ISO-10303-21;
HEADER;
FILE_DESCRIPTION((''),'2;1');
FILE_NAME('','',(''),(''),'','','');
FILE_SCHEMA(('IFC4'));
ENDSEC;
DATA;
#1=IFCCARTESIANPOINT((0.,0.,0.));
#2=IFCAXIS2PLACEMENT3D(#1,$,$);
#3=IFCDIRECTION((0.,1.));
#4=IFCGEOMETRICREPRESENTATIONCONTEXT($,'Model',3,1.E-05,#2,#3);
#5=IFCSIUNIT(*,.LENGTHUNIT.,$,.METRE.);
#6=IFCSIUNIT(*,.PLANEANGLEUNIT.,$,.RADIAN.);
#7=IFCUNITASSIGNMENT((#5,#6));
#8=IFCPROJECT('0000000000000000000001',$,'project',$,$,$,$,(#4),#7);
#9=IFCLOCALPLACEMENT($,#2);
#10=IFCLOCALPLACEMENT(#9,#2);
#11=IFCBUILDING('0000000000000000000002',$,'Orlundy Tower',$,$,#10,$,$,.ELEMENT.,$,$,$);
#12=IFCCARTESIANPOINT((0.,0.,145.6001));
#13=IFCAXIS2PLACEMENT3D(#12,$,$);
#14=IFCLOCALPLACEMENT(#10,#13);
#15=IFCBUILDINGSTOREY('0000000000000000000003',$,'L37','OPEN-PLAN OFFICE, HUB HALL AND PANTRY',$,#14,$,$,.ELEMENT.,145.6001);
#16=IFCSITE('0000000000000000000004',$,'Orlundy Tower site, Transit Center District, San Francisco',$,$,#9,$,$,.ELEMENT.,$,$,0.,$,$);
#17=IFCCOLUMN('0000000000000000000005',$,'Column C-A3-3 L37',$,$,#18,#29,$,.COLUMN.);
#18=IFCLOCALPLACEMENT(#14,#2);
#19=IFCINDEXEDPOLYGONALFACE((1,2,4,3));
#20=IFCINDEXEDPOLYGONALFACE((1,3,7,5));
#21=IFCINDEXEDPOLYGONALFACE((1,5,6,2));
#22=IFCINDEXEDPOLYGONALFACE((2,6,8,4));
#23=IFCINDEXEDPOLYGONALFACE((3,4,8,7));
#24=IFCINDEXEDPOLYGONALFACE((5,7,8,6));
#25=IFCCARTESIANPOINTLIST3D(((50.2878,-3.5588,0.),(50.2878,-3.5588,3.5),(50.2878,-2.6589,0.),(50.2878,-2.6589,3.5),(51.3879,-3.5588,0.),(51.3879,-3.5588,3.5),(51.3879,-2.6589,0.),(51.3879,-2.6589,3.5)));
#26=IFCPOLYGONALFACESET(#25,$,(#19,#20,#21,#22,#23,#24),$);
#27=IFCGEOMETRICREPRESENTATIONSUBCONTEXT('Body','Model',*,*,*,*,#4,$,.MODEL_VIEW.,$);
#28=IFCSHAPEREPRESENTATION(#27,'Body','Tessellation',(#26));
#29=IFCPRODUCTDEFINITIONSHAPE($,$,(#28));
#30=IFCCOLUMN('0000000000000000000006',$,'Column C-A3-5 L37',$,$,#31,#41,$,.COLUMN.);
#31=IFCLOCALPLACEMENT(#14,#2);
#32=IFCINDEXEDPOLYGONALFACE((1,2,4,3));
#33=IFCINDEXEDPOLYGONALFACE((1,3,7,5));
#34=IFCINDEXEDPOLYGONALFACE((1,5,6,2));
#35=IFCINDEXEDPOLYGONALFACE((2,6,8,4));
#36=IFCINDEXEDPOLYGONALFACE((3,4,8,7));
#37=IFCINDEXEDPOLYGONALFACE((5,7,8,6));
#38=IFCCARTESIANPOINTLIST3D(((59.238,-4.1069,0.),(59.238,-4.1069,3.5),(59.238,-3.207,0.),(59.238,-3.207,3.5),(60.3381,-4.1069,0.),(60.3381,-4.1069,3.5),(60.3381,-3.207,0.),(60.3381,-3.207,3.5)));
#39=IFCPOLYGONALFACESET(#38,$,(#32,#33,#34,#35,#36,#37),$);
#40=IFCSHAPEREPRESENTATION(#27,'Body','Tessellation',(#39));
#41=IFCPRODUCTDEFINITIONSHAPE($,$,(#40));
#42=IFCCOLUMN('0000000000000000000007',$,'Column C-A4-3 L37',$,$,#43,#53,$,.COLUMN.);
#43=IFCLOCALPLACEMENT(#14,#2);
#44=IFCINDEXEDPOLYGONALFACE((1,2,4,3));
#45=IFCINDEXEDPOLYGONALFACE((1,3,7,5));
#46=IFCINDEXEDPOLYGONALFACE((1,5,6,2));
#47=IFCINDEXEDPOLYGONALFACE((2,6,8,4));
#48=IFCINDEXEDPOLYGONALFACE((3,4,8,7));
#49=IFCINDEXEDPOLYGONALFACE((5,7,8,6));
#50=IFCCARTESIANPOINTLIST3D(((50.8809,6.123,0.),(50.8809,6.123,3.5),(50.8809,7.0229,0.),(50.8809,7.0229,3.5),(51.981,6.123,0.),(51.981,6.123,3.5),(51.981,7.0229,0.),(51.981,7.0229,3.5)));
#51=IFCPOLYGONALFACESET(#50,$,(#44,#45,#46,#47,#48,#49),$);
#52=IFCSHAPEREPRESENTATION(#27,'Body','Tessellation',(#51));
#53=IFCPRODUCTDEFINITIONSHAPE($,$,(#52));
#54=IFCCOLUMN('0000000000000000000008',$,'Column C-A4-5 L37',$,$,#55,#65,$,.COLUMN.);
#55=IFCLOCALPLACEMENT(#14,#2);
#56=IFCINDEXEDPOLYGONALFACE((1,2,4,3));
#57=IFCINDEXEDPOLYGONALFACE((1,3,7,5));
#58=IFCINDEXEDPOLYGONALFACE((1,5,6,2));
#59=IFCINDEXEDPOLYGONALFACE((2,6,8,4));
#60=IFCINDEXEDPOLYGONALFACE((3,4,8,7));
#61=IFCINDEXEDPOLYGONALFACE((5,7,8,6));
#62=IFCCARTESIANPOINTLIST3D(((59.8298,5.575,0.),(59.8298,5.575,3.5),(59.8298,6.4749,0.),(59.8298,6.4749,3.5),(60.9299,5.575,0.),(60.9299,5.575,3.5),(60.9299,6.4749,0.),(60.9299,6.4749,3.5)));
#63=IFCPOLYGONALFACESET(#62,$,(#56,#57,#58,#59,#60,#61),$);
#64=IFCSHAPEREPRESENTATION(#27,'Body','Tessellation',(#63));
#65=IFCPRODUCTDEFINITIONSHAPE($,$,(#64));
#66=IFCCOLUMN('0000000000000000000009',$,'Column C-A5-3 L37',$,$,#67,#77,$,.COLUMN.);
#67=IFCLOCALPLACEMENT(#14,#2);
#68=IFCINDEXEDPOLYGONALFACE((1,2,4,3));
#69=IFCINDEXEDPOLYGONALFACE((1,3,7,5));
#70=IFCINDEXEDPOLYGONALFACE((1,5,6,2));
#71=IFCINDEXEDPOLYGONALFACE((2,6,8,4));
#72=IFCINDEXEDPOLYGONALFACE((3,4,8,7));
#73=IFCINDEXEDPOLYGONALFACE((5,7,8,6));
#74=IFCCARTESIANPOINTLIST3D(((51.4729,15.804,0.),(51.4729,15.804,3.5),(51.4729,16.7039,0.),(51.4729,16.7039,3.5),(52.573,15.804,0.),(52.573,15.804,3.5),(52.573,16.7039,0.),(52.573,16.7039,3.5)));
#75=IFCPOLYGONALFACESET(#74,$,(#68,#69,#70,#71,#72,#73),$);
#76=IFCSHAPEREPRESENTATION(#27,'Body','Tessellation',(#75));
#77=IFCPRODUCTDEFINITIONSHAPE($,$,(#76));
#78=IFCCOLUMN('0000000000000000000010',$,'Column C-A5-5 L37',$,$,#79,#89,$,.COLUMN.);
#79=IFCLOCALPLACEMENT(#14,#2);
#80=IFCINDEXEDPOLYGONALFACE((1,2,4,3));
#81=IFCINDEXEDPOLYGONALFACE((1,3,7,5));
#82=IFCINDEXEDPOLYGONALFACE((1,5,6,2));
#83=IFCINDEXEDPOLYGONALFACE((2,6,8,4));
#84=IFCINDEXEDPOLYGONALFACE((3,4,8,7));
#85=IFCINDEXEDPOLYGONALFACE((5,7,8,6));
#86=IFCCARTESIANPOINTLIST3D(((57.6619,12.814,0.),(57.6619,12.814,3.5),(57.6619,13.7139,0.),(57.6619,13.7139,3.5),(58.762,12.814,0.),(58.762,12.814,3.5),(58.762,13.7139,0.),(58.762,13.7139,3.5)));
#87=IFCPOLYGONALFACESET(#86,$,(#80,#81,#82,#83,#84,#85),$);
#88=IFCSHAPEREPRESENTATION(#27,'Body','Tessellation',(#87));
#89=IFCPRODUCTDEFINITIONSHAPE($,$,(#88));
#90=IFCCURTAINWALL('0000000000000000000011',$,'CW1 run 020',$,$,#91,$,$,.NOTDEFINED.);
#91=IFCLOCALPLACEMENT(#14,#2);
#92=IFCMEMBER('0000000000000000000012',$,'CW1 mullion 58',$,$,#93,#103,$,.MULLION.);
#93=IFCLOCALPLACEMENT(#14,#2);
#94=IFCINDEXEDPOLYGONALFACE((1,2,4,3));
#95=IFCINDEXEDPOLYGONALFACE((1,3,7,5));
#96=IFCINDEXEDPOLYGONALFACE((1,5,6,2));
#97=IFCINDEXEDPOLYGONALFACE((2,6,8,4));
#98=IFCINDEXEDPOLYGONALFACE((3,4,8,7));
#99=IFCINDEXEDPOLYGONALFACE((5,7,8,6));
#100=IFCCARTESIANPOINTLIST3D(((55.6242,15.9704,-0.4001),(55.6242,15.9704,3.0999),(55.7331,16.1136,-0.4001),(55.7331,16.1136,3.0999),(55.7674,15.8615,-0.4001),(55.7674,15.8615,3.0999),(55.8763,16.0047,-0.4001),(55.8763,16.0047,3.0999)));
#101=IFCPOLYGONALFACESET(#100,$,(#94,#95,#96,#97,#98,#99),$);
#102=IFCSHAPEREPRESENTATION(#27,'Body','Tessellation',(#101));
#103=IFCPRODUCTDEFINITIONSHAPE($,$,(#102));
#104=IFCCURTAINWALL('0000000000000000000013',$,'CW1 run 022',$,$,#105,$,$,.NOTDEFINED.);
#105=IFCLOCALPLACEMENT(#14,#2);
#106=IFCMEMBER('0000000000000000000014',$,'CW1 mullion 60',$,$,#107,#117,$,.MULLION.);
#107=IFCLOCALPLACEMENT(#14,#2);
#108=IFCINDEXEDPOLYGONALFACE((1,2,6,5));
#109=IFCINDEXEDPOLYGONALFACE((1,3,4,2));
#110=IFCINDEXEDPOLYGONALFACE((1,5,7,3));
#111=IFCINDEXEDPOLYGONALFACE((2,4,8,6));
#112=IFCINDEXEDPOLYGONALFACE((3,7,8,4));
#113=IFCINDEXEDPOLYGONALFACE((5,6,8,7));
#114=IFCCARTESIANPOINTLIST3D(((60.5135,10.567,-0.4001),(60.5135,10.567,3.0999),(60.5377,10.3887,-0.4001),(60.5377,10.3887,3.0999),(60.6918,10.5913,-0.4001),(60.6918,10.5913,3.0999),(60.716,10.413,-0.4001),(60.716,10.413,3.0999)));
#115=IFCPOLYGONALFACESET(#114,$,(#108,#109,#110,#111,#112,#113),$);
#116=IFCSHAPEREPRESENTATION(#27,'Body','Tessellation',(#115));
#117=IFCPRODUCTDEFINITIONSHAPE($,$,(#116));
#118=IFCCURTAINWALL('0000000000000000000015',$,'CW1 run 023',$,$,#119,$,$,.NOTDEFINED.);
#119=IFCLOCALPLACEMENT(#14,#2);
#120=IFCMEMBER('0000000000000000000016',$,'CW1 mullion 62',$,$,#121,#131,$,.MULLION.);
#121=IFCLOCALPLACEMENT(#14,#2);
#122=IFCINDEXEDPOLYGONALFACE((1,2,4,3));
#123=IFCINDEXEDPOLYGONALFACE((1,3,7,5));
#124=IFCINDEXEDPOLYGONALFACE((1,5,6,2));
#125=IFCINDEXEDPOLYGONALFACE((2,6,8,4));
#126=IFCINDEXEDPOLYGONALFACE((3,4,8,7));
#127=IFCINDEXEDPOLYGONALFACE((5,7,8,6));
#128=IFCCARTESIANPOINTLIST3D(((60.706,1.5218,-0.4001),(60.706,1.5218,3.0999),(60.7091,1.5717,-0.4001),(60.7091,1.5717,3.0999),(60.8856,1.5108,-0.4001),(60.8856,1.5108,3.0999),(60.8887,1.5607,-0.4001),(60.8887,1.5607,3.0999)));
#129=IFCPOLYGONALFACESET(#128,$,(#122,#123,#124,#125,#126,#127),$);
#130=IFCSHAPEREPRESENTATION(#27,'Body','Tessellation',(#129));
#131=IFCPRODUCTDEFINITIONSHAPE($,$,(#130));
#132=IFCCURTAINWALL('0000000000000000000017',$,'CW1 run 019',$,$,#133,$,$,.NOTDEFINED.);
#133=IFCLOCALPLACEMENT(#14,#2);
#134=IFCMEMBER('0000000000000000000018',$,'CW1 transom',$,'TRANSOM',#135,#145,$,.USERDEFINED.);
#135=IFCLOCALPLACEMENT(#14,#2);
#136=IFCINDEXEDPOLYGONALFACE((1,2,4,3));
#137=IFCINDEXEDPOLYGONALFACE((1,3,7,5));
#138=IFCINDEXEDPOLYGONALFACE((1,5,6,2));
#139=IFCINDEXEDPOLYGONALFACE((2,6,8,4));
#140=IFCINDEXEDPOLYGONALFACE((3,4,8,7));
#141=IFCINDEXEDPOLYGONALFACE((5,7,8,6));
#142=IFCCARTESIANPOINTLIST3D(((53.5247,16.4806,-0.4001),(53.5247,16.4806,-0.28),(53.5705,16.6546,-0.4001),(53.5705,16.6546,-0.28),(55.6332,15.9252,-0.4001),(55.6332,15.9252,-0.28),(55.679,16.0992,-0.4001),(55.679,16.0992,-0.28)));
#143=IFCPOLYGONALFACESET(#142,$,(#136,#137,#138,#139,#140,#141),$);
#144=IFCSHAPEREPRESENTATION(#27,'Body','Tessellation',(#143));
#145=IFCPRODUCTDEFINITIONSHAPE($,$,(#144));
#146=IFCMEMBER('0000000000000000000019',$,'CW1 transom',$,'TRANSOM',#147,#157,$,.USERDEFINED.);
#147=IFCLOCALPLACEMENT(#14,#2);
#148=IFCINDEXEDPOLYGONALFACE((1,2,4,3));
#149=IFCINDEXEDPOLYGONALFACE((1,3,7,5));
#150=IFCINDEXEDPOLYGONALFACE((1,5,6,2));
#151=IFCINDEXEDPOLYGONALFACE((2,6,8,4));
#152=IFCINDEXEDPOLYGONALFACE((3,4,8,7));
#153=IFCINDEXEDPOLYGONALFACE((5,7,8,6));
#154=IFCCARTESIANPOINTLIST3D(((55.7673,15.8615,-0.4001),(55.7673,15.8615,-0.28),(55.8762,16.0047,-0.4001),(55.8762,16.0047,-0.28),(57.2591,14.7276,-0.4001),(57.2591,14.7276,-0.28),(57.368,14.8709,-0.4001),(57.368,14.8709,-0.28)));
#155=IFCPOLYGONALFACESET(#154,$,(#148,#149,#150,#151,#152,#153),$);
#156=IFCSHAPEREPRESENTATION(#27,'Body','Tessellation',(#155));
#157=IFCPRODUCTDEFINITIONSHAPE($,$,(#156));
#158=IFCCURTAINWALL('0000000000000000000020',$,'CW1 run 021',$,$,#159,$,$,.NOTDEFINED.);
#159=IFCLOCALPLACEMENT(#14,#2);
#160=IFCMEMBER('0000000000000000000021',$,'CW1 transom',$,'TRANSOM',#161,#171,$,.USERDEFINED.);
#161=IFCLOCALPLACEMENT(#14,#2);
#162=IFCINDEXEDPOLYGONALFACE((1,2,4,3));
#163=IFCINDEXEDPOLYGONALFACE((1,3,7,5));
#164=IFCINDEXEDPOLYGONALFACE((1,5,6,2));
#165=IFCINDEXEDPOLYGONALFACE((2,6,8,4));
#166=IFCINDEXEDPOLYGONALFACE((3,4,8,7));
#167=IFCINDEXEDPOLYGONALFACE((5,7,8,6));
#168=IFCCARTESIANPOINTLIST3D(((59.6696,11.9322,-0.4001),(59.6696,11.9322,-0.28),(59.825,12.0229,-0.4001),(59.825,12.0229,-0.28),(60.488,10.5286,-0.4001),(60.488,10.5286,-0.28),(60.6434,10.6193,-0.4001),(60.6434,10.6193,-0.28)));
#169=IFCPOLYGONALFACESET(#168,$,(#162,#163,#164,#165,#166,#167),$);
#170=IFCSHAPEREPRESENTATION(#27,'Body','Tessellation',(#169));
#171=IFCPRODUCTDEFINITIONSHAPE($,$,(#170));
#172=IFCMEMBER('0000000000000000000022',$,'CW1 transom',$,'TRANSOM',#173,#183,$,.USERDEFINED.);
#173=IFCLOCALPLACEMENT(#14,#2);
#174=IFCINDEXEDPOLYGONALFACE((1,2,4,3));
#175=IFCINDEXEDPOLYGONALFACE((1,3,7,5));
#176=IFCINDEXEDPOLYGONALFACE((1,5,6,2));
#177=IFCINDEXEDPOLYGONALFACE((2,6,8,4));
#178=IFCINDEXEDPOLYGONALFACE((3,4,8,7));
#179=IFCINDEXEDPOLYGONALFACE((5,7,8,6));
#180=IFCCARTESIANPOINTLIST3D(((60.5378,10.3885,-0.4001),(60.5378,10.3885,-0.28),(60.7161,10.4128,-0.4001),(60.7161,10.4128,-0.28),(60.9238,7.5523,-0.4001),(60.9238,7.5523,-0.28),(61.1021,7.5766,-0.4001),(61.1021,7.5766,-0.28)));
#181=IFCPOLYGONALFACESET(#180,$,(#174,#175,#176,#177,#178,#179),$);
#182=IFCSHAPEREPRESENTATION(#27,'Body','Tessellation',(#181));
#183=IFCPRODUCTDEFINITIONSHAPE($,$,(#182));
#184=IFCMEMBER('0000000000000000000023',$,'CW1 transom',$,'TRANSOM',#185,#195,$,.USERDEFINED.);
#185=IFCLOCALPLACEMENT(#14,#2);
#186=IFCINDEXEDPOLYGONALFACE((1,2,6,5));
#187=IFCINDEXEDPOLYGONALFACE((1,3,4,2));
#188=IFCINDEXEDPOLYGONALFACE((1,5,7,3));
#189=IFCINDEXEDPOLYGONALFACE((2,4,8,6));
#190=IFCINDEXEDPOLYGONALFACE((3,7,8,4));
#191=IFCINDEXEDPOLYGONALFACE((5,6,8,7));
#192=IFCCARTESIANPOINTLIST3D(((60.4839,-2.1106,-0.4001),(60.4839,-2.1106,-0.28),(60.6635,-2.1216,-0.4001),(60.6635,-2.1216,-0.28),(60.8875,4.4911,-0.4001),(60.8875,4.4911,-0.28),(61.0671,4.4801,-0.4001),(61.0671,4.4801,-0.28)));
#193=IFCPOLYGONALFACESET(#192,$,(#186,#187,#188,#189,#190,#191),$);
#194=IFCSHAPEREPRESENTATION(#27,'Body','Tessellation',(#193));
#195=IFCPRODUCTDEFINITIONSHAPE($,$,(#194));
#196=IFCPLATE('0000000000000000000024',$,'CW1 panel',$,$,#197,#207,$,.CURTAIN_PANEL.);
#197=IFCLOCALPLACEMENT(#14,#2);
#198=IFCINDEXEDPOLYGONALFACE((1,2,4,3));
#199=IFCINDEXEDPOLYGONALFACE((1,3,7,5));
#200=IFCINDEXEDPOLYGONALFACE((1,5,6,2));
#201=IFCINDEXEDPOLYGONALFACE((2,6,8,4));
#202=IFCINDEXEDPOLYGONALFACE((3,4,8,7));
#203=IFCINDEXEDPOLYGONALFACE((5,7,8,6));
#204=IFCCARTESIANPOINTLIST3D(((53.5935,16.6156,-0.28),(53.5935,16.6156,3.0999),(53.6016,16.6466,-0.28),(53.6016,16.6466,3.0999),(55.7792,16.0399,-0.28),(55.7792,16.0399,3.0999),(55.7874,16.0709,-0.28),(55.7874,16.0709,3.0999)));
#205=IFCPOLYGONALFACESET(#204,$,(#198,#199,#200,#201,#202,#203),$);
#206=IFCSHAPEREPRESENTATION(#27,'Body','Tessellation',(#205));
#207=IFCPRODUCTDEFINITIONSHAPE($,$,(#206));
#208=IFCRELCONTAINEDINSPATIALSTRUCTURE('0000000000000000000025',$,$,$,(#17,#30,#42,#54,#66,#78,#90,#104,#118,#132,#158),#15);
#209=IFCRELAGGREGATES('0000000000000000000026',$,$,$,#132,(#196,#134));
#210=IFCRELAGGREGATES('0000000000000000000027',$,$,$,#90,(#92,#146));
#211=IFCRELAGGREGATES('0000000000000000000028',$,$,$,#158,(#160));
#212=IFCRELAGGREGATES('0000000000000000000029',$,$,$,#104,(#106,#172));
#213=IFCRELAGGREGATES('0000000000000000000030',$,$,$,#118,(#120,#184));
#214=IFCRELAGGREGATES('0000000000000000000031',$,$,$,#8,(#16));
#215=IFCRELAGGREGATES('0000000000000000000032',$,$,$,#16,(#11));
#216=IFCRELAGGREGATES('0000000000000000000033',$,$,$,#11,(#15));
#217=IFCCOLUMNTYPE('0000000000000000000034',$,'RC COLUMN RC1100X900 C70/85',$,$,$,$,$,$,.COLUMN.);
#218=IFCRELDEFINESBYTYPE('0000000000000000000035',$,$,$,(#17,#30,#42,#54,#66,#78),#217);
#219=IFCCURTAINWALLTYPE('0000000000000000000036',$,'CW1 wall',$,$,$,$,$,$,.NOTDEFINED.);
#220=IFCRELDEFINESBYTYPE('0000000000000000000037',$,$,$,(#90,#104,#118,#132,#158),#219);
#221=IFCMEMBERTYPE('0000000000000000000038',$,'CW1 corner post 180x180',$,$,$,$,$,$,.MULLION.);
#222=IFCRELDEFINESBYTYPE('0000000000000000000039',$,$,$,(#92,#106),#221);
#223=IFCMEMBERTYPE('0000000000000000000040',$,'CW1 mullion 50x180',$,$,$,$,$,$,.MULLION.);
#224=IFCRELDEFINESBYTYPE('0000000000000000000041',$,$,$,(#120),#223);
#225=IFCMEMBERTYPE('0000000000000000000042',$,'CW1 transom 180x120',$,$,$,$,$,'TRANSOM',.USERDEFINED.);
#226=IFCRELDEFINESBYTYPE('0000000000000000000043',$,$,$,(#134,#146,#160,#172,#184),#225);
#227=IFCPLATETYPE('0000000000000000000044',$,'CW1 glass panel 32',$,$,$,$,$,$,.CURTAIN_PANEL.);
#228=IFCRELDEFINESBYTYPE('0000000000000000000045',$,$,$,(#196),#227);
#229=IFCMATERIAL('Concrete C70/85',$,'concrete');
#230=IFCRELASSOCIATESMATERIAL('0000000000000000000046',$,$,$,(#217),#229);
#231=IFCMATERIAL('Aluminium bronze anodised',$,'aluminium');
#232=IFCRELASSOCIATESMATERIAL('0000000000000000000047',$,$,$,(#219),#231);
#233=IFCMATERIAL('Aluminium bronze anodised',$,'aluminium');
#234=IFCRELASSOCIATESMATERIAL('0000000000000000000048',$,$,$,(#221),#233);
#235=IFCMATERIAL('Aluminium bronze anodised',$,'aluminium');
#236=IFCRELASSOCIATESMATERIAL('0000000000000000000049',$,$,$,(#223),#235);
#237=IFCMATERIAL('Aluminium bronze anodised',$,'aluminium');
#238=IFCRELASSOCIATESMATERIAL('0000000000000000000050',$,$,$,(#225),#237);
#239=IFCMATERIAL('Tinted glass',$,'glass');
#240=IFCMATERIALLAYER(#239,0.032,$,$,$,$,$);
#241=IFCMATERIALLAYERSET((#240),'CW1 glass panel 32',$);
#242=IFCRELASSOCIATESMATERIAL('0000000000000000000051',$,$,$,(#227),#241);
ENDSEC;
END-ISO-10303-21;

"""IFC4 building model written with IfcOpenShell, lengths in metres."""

from ifc_helpers import new_model, si_unit, direction, frame, origin, origin_2d, place, context, subcontext, project, spatial, rectangle, extrude, material, layer, layer_set, material_profile, profile_set, type_object, element, aggregate, save


model = new_model("IFC4")

# Units and contexts
model_context = context("Model", 3, precision=1e-05, world=origin(), true_north=direction((0.0, 1.0)))
body_context = subcontext(model_context, "Body", "Model", "MODEL_VIEW")
ifc_project = project(units=[si_unit("LENGTHUNIT", "METRE"), si_unit("PLANEANGLEUNIT", "RADIAN")], contexts=[model_context])

# Site, building, storey
site_placement = place(None, origin())
site = spatial("IfcSite", under=ifc_project, at=site_placement, Name="Orlundy Tower site, Transit Center District, San Francisco", CompositionType="ELEMENT", RefElevation=0.0)
building_placement = place(site_placement, origin())
building = spatial("IfcBuilding", under=site, at=building_placement, Name="Orlundy Tower", CompositionType="ELEMENT")
storey_placement = place(building_placement, frame((0.0, 0.0, 145.6001)))
storey = spatial("IfcBuildingStorey", under=building, at=storey_placement, Name="L37", Description="OPEN-PLAN OFFICE, HUB HALL AND PANTRY", CompositionType="ELEMENT", Elevation=145.6001)

# Columns
ifc_material_1 = material(Name="Concrete C70/85", Category="concrete")
ifc_material_profile_1 = material_profile(ifc_material_1, rectangle(XDim=1.1001, YDim=0.8999, at=origin_2d()), Name="RC1100X900")
ifc_profile_set_1 = profile_set([ifc_material_profile_1], Name="Concrete C70/85")
column_type = type_object("IfcColumnType", Name="RC COLUMN RC1100X900 C70/85", PredefinedType="COLUMN", material=ifc_profile_set_1)
for number, where, z_axis, x_axis, name in (
    (1, (50.8379, -3.1089, 0.0), (0.0, 0.0, 1.0), (1.0, 0.0, 0.0), "Column C-A3-3 L37"),
    (2, (59.7881, -3.657, 0.0), (0.0, 0.0, 1.0), (1.0, 0.0, 0.0), "Column C-A3-5 L37"),
    (3, (51.4309, 6.573, 0.0), (0.0, 0.0, 1.0), (1.0, 0.0, 0.0), "Column C-A4-3 L37"),
    (4, (60.3799, 6.0249, 0.0), (0.0, 0.0, 1.0), (1.0, 0.0, 0.0), "Column C-A4-5 L37"),
    (5, (52.0229, 16.2539, 0.0), (0.0, 0.0, 1.0), (1.0, 0.0, 0.0), "Column C-A5-3 L37"),
    (6, (58.2119, 13.2639, 0.0), (0.0, 0.0, 1.0), (1.0, 0.0, 0.0), "Column C-A5-5 L37"),
):
    element("IfcColumn", number, at=place(storey_placement, frame(where, z_axis=z_axis, x_axis=x_axis)), inside=storey, type_object=column_type, Name=name, PredefinedType="COLUMN", context=body_context, shape_type="SweptSolid", body=[
        extrude(rectangle(XDim=1.1001, YDim=0.8999, at=origin_2d()), origin(), (0.0, 0.0, 1.0), 3.5),
    ])

# Curtain walls, members
ifc_material_2 = material(Name="Aluminium bronze anodised", Category="aluminium")
curtain_wall_type = type_object("IfcCurtainWallType", Name="CW1 wall", PredefinedType="NOTDEFINED", material=ifc_material_2)
curtain_wall_1_placement = place(storey_placement, origin())
curtain_wall_1 = element("IfcCurtainWall", 7, at=curtain_wall_1_placement, inside=storey, type_object=curtain_wall_type, Name="CW1 run 020", PredefinedType="NOTDEFINED")
ifc_material_3 = material(Name="Aluminium bronze anodised", Category="aluminium")
ifc_material_profile_2 = material_profile(ifc_material_3, rectangle(XDim=0.1799, YDim=0.1799, at=origin_2d()), Name="CW1 corner post 180x180")
ifc_profile_set_2 = profile_set([ifc_material_profile_2], Name="Aluminium bronze anodised")
member_type_1 = type_object("IfcMemberType", Name="CW1 corner post 180x180", PredefinedType="MULLION", material=ifc_profile_set_2)
member_1_placement = place(storey_placement, frame((55.7502, 15.9875, -0.4001), z_axis=(0.0, 0.0, 1.0), x_axis=(0.605124, 0.796131, 0.0)))
member_1 = element("IfcMember", 8, at=member_1_placement, type_object=member_type_1, Name="CW1 mullion 58", PredefinedType="MULLION", context=body_context, shape_type="SweptSolid", body=[
    extrude(rectangle(XDim=0.1799, YDim=0.1799, at=origin_2d()), origin(), (0.0, 0.0, 1.0), 3.5),
])
curtain_wall_2_placement = place(storey_placement, origin())
curtain_wall_2 = element("IfcCurtainWall", 9, at=curtain_wall_2_placement, inside=storey, type_object=curtain_wall_type, Name="CW1 run 022", PredefinedType="NOTDEFINED")
member_2_placement = place(storey_placement, frame((60.6147, 10.49, -0.4001), z_axis=(0.0, 0.0, 1.0), x_axis=(0.990861, 0.134884, 0.0)))
member_2 = element("IfcMember", 10, at=member_2_placement, type_object=member_type_1, Name="CW1 mullion 60", PredefinedType="MULLION", context=body_context, shape_type="SweptSolid", body=[
    extrude(rectangle(XDim=0.1799, YDim=0.1799, at=origin_2d()), origin(), (0.0, 0.0, 1.0), 3.5),
])
curtain_wall_3_placement = place(storey_placement, origin())
curtain_wall_3 = element("IfcCurtainWall", 11, at=curtain_wall_3_placement, inside=storey, type_object=curtain_wall_type, Name="CW1 run 023", PredefinedType="NOTDEFINED")
ifc_material_4 = material(Name="Aluminium bronze anodised", Category="aluminium")
ifc_material_profile_3 = material_profile(ifc_material_4, rectangle(XDim=0.1799, YDim=0.05, at=origin_2d()), Name="CW1 mullion 50x180")
ifc_profile_set_3 = profile_set([ifc_material_profile_3], Name="Aluminium bronze anodised")
member_type_2 = type_object("IfcMemberType", Name="CW1 mullion 50x180", PredefinedType="MULLION", material=ifc_profile_set_3)
member_3_placement = place(storey_placement, frame((60.7974, 1.5413, -0.4001), z_axis=(0.0, 0.0, 1.0), x_axis=(0.998135, -0.061047, 0.0)))
member_3 = element("IfcMember", 12, at=member_3_placement, type_object=member_type_2, Name="CW1 mullion 62", PredefinedType="MULLION", context=body_context, shape_type="SweptSolid", body=[
    extrude(rectangle(XDim=0.1799, YDim=0.05, at=origin_2d()), origin(), (0.0, 0.0, 1.0), 3.5),
])
curtain_wall_4_placement = place(storey_placement, origin())
curtain_wall_4 = element("IfcCurtainWall", 13, at=curtain_wall_4_placement, inside=storey, type_object=curtain_wall_type, Name="CW1 run 019", PredefinedType="NOTDEFINED")
ifc_material_5 = material(Name="Aluminium bronze anodised", Category="aluminium")
ifc_material_profile_4 = material_profile(ifc_material_5, rectangle(XDim=0.1799, YDim=0.1201, at=origin_2d()), Name="CW1 transom 180x120")
ifc_profile_set_4 = profile_set([ifc_material_profile_4], Name="Aluminium bronze anodised")
member_type_3 = type_object("IfcMemberType", Name="CW1 transom 180x120", ElementType="TRANSOM", PredefinedType="USERDEFINED", material=ifc_profile_set_4)
member_4_placement = place(storey_placement, frame((53.5476, 16.5676, -0.3401), z_axis=(0.967009, -0.254741, 0.0), x_axis=(0.254741, 0.967009, 0.0)))
member_4 = element("IfcMember", 14, at=member_4_placement, type_object=member_type_3, Name="CW1 transom", ObjectType="TRANSOM", PredefinedType="USERDEFINED", context=body_context, shape_type="SweptSolid", body=[
    extrude(rectangle(XDim=0.1799, YDim=0.1201, at=origin_2d()), origin(), (0.0, 0.0, 1.0), 2.1804),
])

# Member
member_5_placement = place(storey_placement, frame((55.8218, 15.9331, -0.3401), z_axis=(0.796137, -0.605116, 0.0), x_axis=(0.605116, 0.796137, 0.0)))
member_5 = element("IfcMember", 15, at=member_5_placement, type_object=member_type_3, Name="CW1 transom", ObjectType="TRANSOM", PredefinedType="USERDEFINED", context=body_context, shape_type="SweptSolid", body=[
    extrude(rectangle(XDim=0.1799, YDim=0.1201, at=origin_2d()), origin(), (0.0, 0.0, 1.0), 1.8738),
])

# Curtain wall, member
curtain_wall_5_placement = place(storey_placement, origin())
curtain_wall_5 = element("IfcCurtainWall", 16, at=curtain_wall_5_placement, inside=storey, type_object=curtain_wall_type, Name="CW1 run 021", PredefinedType="NOTDEFINED")
member_6_placement = place(storey_placement, frame((59.7473, 11.9775, -0.3401), z_axis=(0.503693, -0.863882, 0.0), x_axis=(0.863882, 0.503693, 0.0)))
member_6 = element("IfcMember", 17, at=member_6_placement, type_object=member_type_3, Name="CW1 transom", ObjectType="TRANSOM", PredefinedType="USERDEFINED", context=body_context, shape_type="SweptSolid", body=[
    extrude(rectangle(XDim=0.1799, YDim=0.1201, at=origin_2d()), origin(), (0.0, 0.0, 1.0), 1.6248),
])

# Members
member_7_placement = place(storey_placement, frame((60.627, 10.4006, -0.3401), z_axis=(0.134851, -0.990866, 0.0), x_axis=(0.990866, 0.134851, 0.0)))
member_7 = element("IfcMember", 18, at=member_7_placement, type_object=member_type_3, Name="CW1 transom", ObjectType="TRANSOM", PredefinedType="USERDEFINED", context=body_context, shape_type="SweptSolid", body=[
    extrude(rectangle(XDim=0.1799, YDim=0.1201, at=origin_2d()), origin(), (0.0, 0.0, 1.0), 2.8623),
])
member_8_placement = place(storey_placement, frame((60.9773, 4.4856, -0.3401), z_axis=(-0.061016, -0.998137, 0.0), x_axis=(0.998137, -0.061016, 0.0)))
member_8 = element("IfcMember", 19, at=member_8_placement, type_object=member_type_3, Name="CW1 transom", ObjectType="TRANSOM", PredefinedType="USERDEFINED", context=body_context, shape_type="SweptSolid", body=[
    extrude(rectangle(XDim=0.1799, YDim=0.1201, at=origin_2d()), origin(), (0.0, 0.0, 1.0), 6.614),
])

# Plate
ifc_material_6 = material(Name="Tinted glass", Category="glass")
ifc_layer_1 = layer(ifc_material_6, 0.032)
ifc_layer_set_1 = layer_set([ifc_layer_1], Name="CW1 glass panel 32")
plate_type = type_object("IfcPlateType", Name="CW1 glass panel 32", PredefinedType="CURTAIN_PANEL", material=ifc_layer_set_1)
plate_1_placement = place(storey_placement, frame((54.6904, 16.3433, -0.28), z_axis=(0.0, 0.0, 1.0), x_axis=(0.967019, -0.254706, 0.0)))
plate_1 = element("IfcPlate", 20, at=plate_1_placement, type_object=plate_type, Name="CW1 panel", PredefinedType="CURTAIN_PANEL", context=body_context, shape_type="SweptSolid", body=[
    extrude(rectangle(XDim=2.2603, YDim=0.032, at=origin_2d()), origin(), (0.0, 0.0, 1.0), 3.3799),
])
aggregate(curtain_wall_4, [plate_1, member_4])
aggregate(curtain_wall_1, [member_1, member_5])
aggregate(curtain_wall_5, [member_6])
aggregate(curtain_wall_2, [member_2, member_7])
aggregate(curtain_wall_3, [member_3, member_8])

save(model, "model.ifc")
